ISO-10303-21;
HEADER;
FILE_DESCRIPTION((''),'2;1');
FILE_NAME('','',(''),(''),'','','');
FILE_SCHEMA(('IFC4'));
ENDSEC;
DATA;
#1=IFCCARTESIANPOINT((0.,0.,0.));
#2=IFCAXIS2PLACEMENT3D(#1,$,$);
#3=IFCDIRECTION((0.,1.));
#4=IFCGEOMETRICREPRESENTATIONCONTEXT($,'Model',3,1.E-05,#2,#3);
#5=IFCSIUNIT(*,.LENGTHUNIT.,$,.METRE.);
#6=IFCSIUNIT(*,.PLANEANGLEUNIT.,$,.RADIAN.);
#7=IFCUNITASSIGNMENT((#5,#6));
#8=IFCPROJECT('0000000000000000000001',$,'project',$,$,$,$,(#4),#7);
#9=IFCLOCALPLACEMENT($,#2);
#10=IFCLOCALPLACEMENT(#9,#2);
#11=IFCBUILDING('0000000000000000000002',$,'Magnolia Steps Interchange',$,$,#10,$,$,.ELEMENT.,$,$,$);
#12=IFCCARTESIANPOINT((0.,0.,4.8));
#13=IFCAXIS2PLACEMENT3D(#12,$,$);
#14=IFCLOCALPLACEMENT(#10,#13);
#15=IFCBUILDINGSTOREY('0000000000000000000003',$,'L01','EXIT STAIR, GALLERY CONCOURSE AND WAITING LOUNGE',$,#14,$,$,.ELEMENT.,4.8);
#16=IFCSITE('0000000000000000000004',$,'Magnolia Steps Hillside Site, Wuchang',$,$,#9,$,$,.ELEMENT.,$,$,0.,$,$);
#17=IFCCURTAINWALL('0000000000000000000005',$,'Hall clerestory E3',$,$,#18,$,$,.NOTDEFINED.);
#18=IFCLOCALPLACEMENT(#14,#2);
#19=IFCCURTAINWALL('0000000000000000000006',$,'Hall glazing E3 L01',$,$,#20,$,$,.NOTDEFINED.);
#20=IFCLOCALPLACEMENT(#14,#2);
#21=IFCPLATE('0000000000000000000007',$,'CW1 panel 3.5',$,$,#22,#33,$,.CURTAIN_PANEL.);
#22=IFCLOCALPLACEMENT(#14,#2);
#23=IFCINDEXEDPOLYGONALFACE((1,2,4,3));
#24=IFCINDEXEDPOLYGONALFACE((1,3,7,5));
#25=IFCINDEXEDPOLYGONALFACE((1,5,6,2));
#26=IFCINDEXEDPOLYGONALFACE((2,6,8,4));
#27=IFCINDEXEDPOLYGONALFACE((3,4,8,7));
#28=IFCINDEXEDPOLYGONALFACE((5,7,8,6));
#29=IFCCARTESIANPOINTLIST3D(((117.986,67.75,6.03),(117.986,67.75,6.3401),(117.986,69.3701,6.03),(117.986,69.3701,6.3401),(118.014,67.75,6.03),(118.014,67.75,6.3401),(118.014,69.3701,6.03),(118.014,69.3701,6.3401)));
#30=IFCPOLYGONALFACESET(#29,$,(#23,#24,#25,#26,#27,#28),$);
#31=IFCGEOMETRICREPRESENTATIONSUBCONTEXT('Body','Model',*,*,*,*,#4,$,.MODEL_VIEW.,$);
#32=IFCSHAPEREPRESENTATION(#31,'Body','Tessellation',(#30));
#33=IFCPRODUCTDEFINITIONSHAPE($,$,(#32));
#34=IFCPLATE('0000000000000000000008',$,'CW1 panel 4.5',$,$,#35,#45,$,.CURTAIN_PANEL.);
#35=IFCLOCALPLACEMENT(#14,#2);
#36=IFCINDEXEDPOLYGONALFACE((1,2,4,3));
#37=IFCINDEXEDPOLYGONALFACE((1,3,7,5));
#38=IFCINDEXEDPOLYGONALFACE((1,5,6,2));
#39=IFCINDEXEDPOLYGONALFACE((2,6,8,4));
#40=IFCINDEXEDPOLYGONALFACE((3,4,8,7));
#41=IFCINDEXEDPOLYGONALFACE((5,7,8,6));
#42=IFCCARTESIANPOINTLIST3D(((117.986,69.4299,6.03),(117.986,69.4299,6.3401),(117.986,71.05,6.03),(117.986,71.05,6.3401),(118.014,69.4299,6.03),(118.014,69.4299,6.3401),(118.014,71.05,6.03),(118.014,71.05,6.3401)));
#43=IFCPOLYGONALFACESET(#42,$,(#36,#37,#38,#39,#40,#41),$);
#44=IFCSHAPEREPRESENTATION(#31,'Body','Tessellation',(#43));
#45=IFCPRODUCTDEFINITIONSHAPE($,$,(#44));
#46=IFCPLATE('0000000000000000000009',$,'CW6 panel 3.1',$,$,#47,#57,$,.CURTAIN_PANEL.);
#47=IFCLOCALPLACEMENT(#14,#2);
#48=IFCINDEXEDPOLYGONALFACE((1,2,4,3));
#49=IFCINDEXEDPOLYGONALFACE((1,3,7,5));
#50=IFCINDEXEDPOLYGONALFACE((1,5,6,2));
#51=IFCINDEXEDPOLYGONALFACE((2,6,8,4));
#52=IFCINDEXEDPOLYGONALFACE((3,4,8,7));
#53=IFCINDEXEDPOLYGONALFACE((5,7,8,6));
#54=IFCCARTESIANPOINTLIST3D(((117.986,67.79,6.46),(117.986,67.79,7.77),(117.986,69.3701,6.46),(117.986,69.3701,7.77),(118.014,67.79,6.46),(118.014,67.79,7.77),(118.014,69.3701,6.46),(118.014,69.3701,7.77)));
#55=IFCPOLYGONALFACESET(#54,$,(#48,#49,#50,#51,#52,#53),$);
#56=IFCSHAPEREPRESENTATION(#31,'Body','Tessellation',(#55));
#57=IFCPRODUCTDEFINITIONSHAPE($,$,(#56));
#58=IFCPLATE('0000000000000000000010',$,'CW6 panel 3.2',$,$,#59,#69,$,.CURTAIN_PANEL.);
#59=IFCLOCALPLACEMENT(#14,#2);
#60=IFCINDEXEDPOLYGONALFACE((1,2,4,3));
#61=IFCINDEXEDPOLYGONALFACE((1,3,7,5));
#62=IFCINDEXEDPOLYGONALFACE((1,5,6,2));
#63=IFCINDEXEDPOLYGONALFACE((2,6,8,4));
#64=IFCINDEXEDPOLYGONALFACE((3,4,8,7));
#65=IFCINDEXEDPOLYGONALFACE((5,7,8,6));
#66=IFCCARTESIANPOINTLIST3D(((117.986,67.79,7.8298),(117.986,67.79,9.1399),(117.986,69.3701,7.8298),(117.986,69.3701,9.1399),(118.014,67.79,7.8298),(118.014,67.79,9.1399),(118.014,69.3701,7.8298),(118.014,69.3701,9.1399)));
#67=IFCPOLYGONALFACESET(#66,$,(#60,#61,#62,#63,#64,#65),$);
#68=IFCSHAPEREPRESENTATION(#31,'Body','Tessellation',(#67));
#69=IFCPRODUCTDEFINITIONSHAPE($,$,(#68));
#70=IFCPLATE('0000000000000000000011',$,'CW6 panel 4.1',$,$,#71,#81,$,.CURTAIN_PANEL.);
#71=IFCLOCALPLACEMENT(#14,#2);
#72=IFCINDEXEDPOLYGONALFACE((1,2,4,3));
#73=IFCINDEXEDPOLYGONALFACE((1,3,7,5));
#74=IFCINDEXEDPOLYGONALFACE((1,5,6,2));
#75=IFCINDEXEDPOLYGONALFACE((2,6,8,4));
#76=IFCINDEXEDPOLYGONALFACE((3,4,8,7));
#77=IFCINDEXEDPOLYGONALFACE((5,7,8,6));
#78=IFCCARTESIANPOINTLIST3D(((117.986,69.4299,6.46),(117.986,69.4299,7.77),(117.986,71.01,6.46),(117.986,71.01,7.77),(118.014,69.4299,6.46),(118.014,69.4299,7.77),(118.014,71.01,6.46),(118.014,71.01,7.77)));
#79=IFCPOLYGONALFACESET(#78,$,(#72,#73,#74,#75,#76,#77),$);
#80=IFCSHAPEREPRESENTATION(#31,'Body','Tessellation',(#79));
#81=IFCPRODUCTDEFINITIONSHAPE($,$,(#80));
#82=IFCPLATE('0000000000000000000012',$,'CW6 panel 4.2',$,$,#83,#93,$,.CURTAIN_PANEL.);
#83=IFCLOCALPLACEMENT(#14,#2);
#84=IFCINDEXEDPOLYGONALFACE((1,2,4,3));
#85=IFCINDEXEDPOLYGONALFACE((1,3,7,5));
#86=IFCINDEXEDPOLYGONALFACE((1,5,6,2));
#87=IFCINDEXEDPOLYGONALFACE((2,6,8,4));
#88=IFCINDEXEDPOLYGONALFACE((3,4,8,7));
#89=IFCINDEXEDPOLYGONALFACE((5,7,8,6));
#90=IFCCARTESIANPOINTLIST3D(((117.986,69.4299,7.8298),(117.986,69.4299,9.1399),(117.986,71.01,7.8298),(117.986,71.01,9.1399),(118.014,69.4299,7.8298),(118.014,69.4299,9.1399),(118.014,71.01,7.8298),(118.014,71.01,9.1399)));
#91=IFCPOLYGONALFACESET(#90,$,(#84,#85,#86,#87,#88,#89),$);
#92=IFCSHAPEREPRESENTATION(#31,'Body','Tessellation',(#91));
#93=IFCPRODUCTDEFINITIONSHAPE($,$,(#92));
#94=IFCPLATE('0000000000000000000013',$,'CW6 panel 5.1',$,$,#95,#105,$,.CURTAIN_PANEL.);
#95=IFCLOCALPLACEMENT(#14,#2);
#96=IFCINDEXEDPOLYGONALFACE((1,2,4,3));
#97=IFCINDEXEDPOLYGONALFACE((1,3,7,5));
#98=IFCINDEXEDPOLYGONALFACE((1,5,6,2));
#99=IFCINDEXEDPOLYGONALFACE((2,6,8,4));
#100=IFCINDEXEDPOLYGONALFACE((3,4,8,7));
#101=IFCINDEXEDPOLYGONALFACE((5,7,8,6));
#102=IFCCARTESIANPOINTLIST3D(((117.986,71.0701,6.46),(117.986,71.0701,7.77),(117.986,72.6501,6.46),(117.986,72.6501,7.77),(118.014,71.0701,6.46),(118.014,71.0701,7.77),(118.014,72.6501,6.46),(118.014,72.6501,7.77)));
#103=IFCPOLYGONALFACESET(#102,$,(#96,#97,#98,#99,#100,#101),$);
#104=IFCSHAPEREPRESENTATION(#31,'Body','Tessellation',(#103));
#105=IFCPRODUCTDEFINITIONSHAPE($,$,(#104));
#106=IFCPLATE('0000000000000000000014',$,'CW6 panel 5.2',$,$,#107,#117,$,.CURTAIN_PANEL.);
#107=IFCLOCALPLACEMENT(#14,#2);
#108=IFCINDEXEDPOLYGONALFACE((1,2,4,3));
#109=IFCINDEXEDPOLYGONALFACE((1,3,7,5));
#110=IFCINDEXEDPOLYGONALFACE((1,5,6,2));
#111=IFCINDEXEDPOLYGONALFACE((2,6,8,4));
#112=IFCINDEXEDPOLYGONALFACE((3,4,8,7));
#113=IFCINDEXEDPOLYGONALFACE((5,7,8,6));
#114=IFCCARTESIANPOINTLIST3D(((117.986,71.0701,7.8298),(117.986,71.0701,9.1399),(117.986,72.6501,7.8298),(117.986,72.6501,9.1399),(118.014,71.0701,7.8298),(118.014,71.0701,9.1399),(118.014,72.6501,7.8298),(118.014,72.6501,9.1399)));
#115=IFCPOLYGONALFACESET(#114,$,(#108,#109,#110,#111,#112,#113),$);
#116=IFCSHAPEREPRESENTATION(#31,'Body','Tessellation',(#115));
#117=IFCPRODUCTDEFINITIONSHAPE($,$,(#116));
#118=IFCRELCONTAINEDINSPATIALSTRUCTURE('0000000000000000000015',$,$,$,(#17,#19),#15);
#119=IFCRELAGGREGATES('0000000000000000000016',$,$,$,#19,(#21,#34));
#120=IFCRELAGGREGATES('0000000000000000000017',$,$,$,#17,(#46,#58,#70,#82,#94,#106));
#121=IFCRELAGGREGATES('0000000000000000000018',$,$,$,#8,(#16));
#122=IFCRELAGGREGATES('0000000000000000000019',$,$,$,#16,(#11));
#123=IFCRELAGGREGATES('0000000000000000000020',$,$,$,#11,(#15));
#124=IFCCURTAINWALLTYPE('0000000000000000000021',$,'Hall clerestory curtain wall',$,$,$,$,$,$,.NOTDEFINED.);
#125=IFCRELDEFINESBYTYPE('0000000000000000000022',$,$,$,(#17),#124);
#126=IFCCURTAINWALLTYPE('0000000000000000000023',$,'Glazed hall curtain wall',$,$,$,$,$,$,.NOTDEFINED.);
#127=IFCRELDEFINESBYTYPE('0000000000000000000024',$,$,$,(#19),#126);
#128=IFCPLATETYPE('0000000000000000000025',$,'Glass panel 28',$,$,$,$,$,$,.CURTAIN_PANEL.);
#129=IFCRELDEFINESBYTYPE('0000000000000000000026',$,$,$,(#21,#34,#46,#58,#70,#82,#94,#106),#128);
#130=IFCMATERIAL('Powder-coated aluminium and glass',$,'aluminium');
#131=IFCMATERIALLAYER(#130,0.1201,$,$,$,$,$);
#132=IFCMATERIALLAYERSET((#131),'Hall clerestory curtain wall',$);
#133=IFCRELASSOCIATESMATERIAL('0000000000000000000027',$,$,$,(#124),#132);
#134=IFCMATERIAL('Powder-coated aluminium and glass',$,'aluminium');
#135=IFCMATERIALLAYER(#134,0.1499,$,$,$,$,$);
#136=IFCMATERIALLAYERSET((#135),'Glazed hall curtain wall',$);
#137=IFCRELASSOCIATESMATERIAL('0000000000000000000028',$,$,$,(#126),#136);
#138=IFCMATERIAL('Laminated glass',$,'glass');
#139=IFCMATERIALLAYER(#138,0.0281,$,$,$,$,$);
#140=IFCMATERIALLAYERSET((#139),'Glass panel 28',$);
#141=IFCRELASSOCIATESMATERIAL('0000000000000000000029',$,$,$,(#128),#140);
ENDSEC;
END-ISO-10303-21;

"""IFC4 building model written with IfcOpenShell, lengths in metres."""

from ifc_helpers import new_model, si_unit, direction, frame, origin, origin_2d, place, context, subcontext, project, spatial, rectangle, extrude, material, layer, layer_set, type_object, element, aggregate, save


model = new_model("IFC4")

# Units and contexts
model_context = context("Model", 3, precision=1e-05, world=origin(), true_north=direction((0.0, 1.0)))
body_context = subcontext(model_context, "Body", "Model", "MODEL_VIEW")
ifc_project = project(units=[si_unit("LENGTHUNIT", "METRE"), si_unit("PLANEANGLEUNIT", "RADIAN")], contexts=[model_context])

# Site, building, storey
site_placement = place(None, origin())
site = spatial("IfcSite", under=ifc_project, at=site_placement, Name="Magnolia Steps Hillside Site, Wuchang", CompositionType="ELEMENT", RefElevation=0.0)
building_placement = place(site_placement, origin())
building = spatial("IfcBuilding", under=site, at=building_placement, Name="Magnolia Steps Interchange", CompositionType="ELEMENT")
storey_placement = place(building_placement, frame((0.0, 0.0, 4.8)))
storey = spatial("IfcBuildingStorey", under=building, at=storey_placement, Name="L01", Description="EXIT STAIR, GALLERY CONCOURSE AND WAITING LOUNGE", CompositionType="ELEMENT", Elevation=4.8)

# Curtain walls
ifc_material_1 = material(Name="Powder-coated aluminium and glass", Category="aluminium")
ifc_layer_1 = layer(ifc_material_1, 0.1201)
ifc_layer_set_1 = layer_set([ifc_layer_1], Name="Hall clerestory curtain wall")
curtain_wall_type_1 = type_object("IfcCurtainWallType", Name="Hall clerestory curtain wall", PredefinedType="NOTDEFINED", material=ifc_layer_set_1)
curtain_wall_1_placement = place(storey_placement, origin())
curtain_wall_1 = element("IfcCurtainWall", 1, at=curtain_wall_1_placement, inside=storey, type_object=curtain_wall_type_1, Name="Hall clerestory E3", PredefinedType="NOTDEFINED")
ifc_material_2 = material(Name="Powder-coated aluminium and glass", Category="aluminium")
ifc_layer_2 = layer(ifc_material_2, 0.1499)
ifc_layer_set_2 = layer_set([ifc_layer_2], Name="Glazed hall curtain wall")
curtain_wall_type_2 = type_object("IfcCurtainWallType", Name="Glazed hall curtain wall", PredefinedType="NOTDEFINED", material=ifc_layer_set_2)
curtain_wall_2_placement = place(storey_placement, origin())
curtain_wall_2 = element("IfcCurtainWall", 2, at=curtain_wall_2_placement, inside=storey, type_object=curtain_wall_type_2, Name="Hall glazing E3 L01", PredefinedType="NOTDEFINED")

# Plates
ifc_material_3 = material(Name="Laminated glass", Category="glass")
ifc_layer_3 = layer(ifc_material_3, 0.0281)
ifc_layer_set_3 = layer_set([ifc_layer_3], Name="Glass panel 28")
plate_type = type_object("IfcPlateType", Name="Glass panel 28", PredefinedType="CURTAIN_PANEL", material=ifc_layer_set_3)
plate_1_placement = place(storey_placement, frame((118.0, 68.5601, 6.03), z_axis=(0.0, 0.0, 1.0), x_axis=(0.0, 1.0, 0.0)))
plate_1 = element("IfcPlate", 3, at=plate_1_placement, type_object=plate_type, Name="CW1 panel 3.5", PredefinedType="CURTAIN_PANEL", context=body_context, shape_type="SweptSolid", body=[
    extrude(rectangle(XDim=1.6201, YDim=0.0281, at=origin_2d()), origin(), (0.0, 0.0, 1.0), 0.3101),
])
plate_2_placement = place(storey_placement, frame((118.0, 70.24, 6.03), z_axis=(0.0, 0.0, 1.0), x_axis=(0.0, 1.0, 0.0)))
plate_2 = element("IfcPlate", 4, at=plate_2_placement, type_object=plate_type, Name="CW1 panel 4.5", PredefinedType="CURTAIN_PANEL", context=body_context, shape_type="SweptSolid", body=[
    extrude(rectangle(XDim=1.6201, YDim=0.0281, at=origin_2d()), origin(), (0.0, 0.0, 1.0), 0.3101),
])
aggregate(curtain_wall_2, [plate_1, plate_2])
plate_3_placement = place(storey_placement, frame((118.0, 68.5801, 6.46), z_axis=(0.0, 0.0, 1.0), x_axis=(0.0, 1.0, 0.0)))
plate_3 = element("IfcPlate", 5, at=plate_3_placement, type_object=plate_type, Name="CW6 panel 3.1", PredefinedType="CURTAIN_PANEL", context=body_context, shape_type="SweptSolid", body=[
    extrude(rectangle(XDim=1.5801, YDim=0.0281, at=origin_2d()), origin(), (0.0, 0.0, 1.0), 1.3101),
])
plate_4_placement = place(storey_placement, frame((118.0, 68.5801, 7.8298), z_axis=(0.0, 0.0, 1.0), x_axis=(0.0, 1.0, 0.0)))
plate_4 = element("IfcPlate", 6, at=plate_4_placement, type_object=plate_type, Name="CW6 panel 3.2", PredefinedType="CURTAIN_PANEL", context=body_context, shape_type="SweptSolid", body=[
    extrude(rectangle(XDim=1.5801, YDim=0.0281, at=origin_2d()), origin(), (0.0, 0.0, 1.0), 1.3101),
])
plate_5_placement = place(storey_placement, frame((118.0, 70.22, 6.46), z_axis=(0.0, 0.0, 1.0), x_axis=(0.0, 1.0, 0.0)))
plate_5 = element("IfcPlate", 7, at=plate_5_placement, type_object=plate_type, Name="CW6 panel 4.1", PredefinedType="CURTAIN_PANEL", context=body_context, shape_type="SweptSolid", body=[
    extrude(rectangle(XDim=1.5801, YDim=0.0281, at=origin_2d()), origin(), (0.0, 0.0, 1.0), 1.3101),
])
plate_6_placement = place(storey_placement, frame((118.0, 70.22, 7.8298), z_axis=(0.0, 0.0, 1.0), x_axis=(0.0, 1.0, 0.0)))
plate_6 = element("IfcPlate", 8, at=plate_6_placement, type_object=plate_type, Name="CW6 panel 4.2", PredefinedType="CURTAIN_PANEL", context=body_context, shape_type="SweptSolid", body=[
    extrude(rectangle(XDim=1.5801, YDim=0.0281, at=origin_2d()), origin(), (0.0, 0.0, 1.0), 1.3101),
])
plate_7_placement = place(storey_placement, frame((118.0, 71.8601, 6.46), z_axis=(0.0, 0.0, 1.0), x_axis=(0.0, 1.0, 0.0)))
plate_7 = element("IfcPlate", 9, at=plate_7_placement, type_object=plate_type, Name="CW6 panel 5.1", PredefinedType="CURTAIN_PANEL", context=body_context, shape_type="SweptSolid", body=[
    extrude(rectangle(XDim=1.5801, YDim=0.0281, at=origin_2d()), origin(), (0.0, 0.0, 1.0), 1.3101),
])
plate_8_placement = place(storey_placement, frame((118.0, 71.8601, 7.8298), z_axis=(0.0, 0.0, 1.0), x_axis=(0.0, 1.0, 0.0)))
plate_8 = element("IfcPlate", 10, at=plate_8_placement, type_object=plate_type, Name="CW6 panel 5.2", PredefinedType="CURTAIN_PANEL", context=body_context, shape_type="SweptSolid", body=[
    extrude(rectangle(XDim=1.5801, YDim=0.0281, at=origin_2d()), origin(), (0.0, 0.0, 1.0), 1.3101),
])
aggregate(curtain_wall_1, [plate_3, plate_4, plate_5, plate_6, plate_7, plate_8])

save(model, "model.ifc")
